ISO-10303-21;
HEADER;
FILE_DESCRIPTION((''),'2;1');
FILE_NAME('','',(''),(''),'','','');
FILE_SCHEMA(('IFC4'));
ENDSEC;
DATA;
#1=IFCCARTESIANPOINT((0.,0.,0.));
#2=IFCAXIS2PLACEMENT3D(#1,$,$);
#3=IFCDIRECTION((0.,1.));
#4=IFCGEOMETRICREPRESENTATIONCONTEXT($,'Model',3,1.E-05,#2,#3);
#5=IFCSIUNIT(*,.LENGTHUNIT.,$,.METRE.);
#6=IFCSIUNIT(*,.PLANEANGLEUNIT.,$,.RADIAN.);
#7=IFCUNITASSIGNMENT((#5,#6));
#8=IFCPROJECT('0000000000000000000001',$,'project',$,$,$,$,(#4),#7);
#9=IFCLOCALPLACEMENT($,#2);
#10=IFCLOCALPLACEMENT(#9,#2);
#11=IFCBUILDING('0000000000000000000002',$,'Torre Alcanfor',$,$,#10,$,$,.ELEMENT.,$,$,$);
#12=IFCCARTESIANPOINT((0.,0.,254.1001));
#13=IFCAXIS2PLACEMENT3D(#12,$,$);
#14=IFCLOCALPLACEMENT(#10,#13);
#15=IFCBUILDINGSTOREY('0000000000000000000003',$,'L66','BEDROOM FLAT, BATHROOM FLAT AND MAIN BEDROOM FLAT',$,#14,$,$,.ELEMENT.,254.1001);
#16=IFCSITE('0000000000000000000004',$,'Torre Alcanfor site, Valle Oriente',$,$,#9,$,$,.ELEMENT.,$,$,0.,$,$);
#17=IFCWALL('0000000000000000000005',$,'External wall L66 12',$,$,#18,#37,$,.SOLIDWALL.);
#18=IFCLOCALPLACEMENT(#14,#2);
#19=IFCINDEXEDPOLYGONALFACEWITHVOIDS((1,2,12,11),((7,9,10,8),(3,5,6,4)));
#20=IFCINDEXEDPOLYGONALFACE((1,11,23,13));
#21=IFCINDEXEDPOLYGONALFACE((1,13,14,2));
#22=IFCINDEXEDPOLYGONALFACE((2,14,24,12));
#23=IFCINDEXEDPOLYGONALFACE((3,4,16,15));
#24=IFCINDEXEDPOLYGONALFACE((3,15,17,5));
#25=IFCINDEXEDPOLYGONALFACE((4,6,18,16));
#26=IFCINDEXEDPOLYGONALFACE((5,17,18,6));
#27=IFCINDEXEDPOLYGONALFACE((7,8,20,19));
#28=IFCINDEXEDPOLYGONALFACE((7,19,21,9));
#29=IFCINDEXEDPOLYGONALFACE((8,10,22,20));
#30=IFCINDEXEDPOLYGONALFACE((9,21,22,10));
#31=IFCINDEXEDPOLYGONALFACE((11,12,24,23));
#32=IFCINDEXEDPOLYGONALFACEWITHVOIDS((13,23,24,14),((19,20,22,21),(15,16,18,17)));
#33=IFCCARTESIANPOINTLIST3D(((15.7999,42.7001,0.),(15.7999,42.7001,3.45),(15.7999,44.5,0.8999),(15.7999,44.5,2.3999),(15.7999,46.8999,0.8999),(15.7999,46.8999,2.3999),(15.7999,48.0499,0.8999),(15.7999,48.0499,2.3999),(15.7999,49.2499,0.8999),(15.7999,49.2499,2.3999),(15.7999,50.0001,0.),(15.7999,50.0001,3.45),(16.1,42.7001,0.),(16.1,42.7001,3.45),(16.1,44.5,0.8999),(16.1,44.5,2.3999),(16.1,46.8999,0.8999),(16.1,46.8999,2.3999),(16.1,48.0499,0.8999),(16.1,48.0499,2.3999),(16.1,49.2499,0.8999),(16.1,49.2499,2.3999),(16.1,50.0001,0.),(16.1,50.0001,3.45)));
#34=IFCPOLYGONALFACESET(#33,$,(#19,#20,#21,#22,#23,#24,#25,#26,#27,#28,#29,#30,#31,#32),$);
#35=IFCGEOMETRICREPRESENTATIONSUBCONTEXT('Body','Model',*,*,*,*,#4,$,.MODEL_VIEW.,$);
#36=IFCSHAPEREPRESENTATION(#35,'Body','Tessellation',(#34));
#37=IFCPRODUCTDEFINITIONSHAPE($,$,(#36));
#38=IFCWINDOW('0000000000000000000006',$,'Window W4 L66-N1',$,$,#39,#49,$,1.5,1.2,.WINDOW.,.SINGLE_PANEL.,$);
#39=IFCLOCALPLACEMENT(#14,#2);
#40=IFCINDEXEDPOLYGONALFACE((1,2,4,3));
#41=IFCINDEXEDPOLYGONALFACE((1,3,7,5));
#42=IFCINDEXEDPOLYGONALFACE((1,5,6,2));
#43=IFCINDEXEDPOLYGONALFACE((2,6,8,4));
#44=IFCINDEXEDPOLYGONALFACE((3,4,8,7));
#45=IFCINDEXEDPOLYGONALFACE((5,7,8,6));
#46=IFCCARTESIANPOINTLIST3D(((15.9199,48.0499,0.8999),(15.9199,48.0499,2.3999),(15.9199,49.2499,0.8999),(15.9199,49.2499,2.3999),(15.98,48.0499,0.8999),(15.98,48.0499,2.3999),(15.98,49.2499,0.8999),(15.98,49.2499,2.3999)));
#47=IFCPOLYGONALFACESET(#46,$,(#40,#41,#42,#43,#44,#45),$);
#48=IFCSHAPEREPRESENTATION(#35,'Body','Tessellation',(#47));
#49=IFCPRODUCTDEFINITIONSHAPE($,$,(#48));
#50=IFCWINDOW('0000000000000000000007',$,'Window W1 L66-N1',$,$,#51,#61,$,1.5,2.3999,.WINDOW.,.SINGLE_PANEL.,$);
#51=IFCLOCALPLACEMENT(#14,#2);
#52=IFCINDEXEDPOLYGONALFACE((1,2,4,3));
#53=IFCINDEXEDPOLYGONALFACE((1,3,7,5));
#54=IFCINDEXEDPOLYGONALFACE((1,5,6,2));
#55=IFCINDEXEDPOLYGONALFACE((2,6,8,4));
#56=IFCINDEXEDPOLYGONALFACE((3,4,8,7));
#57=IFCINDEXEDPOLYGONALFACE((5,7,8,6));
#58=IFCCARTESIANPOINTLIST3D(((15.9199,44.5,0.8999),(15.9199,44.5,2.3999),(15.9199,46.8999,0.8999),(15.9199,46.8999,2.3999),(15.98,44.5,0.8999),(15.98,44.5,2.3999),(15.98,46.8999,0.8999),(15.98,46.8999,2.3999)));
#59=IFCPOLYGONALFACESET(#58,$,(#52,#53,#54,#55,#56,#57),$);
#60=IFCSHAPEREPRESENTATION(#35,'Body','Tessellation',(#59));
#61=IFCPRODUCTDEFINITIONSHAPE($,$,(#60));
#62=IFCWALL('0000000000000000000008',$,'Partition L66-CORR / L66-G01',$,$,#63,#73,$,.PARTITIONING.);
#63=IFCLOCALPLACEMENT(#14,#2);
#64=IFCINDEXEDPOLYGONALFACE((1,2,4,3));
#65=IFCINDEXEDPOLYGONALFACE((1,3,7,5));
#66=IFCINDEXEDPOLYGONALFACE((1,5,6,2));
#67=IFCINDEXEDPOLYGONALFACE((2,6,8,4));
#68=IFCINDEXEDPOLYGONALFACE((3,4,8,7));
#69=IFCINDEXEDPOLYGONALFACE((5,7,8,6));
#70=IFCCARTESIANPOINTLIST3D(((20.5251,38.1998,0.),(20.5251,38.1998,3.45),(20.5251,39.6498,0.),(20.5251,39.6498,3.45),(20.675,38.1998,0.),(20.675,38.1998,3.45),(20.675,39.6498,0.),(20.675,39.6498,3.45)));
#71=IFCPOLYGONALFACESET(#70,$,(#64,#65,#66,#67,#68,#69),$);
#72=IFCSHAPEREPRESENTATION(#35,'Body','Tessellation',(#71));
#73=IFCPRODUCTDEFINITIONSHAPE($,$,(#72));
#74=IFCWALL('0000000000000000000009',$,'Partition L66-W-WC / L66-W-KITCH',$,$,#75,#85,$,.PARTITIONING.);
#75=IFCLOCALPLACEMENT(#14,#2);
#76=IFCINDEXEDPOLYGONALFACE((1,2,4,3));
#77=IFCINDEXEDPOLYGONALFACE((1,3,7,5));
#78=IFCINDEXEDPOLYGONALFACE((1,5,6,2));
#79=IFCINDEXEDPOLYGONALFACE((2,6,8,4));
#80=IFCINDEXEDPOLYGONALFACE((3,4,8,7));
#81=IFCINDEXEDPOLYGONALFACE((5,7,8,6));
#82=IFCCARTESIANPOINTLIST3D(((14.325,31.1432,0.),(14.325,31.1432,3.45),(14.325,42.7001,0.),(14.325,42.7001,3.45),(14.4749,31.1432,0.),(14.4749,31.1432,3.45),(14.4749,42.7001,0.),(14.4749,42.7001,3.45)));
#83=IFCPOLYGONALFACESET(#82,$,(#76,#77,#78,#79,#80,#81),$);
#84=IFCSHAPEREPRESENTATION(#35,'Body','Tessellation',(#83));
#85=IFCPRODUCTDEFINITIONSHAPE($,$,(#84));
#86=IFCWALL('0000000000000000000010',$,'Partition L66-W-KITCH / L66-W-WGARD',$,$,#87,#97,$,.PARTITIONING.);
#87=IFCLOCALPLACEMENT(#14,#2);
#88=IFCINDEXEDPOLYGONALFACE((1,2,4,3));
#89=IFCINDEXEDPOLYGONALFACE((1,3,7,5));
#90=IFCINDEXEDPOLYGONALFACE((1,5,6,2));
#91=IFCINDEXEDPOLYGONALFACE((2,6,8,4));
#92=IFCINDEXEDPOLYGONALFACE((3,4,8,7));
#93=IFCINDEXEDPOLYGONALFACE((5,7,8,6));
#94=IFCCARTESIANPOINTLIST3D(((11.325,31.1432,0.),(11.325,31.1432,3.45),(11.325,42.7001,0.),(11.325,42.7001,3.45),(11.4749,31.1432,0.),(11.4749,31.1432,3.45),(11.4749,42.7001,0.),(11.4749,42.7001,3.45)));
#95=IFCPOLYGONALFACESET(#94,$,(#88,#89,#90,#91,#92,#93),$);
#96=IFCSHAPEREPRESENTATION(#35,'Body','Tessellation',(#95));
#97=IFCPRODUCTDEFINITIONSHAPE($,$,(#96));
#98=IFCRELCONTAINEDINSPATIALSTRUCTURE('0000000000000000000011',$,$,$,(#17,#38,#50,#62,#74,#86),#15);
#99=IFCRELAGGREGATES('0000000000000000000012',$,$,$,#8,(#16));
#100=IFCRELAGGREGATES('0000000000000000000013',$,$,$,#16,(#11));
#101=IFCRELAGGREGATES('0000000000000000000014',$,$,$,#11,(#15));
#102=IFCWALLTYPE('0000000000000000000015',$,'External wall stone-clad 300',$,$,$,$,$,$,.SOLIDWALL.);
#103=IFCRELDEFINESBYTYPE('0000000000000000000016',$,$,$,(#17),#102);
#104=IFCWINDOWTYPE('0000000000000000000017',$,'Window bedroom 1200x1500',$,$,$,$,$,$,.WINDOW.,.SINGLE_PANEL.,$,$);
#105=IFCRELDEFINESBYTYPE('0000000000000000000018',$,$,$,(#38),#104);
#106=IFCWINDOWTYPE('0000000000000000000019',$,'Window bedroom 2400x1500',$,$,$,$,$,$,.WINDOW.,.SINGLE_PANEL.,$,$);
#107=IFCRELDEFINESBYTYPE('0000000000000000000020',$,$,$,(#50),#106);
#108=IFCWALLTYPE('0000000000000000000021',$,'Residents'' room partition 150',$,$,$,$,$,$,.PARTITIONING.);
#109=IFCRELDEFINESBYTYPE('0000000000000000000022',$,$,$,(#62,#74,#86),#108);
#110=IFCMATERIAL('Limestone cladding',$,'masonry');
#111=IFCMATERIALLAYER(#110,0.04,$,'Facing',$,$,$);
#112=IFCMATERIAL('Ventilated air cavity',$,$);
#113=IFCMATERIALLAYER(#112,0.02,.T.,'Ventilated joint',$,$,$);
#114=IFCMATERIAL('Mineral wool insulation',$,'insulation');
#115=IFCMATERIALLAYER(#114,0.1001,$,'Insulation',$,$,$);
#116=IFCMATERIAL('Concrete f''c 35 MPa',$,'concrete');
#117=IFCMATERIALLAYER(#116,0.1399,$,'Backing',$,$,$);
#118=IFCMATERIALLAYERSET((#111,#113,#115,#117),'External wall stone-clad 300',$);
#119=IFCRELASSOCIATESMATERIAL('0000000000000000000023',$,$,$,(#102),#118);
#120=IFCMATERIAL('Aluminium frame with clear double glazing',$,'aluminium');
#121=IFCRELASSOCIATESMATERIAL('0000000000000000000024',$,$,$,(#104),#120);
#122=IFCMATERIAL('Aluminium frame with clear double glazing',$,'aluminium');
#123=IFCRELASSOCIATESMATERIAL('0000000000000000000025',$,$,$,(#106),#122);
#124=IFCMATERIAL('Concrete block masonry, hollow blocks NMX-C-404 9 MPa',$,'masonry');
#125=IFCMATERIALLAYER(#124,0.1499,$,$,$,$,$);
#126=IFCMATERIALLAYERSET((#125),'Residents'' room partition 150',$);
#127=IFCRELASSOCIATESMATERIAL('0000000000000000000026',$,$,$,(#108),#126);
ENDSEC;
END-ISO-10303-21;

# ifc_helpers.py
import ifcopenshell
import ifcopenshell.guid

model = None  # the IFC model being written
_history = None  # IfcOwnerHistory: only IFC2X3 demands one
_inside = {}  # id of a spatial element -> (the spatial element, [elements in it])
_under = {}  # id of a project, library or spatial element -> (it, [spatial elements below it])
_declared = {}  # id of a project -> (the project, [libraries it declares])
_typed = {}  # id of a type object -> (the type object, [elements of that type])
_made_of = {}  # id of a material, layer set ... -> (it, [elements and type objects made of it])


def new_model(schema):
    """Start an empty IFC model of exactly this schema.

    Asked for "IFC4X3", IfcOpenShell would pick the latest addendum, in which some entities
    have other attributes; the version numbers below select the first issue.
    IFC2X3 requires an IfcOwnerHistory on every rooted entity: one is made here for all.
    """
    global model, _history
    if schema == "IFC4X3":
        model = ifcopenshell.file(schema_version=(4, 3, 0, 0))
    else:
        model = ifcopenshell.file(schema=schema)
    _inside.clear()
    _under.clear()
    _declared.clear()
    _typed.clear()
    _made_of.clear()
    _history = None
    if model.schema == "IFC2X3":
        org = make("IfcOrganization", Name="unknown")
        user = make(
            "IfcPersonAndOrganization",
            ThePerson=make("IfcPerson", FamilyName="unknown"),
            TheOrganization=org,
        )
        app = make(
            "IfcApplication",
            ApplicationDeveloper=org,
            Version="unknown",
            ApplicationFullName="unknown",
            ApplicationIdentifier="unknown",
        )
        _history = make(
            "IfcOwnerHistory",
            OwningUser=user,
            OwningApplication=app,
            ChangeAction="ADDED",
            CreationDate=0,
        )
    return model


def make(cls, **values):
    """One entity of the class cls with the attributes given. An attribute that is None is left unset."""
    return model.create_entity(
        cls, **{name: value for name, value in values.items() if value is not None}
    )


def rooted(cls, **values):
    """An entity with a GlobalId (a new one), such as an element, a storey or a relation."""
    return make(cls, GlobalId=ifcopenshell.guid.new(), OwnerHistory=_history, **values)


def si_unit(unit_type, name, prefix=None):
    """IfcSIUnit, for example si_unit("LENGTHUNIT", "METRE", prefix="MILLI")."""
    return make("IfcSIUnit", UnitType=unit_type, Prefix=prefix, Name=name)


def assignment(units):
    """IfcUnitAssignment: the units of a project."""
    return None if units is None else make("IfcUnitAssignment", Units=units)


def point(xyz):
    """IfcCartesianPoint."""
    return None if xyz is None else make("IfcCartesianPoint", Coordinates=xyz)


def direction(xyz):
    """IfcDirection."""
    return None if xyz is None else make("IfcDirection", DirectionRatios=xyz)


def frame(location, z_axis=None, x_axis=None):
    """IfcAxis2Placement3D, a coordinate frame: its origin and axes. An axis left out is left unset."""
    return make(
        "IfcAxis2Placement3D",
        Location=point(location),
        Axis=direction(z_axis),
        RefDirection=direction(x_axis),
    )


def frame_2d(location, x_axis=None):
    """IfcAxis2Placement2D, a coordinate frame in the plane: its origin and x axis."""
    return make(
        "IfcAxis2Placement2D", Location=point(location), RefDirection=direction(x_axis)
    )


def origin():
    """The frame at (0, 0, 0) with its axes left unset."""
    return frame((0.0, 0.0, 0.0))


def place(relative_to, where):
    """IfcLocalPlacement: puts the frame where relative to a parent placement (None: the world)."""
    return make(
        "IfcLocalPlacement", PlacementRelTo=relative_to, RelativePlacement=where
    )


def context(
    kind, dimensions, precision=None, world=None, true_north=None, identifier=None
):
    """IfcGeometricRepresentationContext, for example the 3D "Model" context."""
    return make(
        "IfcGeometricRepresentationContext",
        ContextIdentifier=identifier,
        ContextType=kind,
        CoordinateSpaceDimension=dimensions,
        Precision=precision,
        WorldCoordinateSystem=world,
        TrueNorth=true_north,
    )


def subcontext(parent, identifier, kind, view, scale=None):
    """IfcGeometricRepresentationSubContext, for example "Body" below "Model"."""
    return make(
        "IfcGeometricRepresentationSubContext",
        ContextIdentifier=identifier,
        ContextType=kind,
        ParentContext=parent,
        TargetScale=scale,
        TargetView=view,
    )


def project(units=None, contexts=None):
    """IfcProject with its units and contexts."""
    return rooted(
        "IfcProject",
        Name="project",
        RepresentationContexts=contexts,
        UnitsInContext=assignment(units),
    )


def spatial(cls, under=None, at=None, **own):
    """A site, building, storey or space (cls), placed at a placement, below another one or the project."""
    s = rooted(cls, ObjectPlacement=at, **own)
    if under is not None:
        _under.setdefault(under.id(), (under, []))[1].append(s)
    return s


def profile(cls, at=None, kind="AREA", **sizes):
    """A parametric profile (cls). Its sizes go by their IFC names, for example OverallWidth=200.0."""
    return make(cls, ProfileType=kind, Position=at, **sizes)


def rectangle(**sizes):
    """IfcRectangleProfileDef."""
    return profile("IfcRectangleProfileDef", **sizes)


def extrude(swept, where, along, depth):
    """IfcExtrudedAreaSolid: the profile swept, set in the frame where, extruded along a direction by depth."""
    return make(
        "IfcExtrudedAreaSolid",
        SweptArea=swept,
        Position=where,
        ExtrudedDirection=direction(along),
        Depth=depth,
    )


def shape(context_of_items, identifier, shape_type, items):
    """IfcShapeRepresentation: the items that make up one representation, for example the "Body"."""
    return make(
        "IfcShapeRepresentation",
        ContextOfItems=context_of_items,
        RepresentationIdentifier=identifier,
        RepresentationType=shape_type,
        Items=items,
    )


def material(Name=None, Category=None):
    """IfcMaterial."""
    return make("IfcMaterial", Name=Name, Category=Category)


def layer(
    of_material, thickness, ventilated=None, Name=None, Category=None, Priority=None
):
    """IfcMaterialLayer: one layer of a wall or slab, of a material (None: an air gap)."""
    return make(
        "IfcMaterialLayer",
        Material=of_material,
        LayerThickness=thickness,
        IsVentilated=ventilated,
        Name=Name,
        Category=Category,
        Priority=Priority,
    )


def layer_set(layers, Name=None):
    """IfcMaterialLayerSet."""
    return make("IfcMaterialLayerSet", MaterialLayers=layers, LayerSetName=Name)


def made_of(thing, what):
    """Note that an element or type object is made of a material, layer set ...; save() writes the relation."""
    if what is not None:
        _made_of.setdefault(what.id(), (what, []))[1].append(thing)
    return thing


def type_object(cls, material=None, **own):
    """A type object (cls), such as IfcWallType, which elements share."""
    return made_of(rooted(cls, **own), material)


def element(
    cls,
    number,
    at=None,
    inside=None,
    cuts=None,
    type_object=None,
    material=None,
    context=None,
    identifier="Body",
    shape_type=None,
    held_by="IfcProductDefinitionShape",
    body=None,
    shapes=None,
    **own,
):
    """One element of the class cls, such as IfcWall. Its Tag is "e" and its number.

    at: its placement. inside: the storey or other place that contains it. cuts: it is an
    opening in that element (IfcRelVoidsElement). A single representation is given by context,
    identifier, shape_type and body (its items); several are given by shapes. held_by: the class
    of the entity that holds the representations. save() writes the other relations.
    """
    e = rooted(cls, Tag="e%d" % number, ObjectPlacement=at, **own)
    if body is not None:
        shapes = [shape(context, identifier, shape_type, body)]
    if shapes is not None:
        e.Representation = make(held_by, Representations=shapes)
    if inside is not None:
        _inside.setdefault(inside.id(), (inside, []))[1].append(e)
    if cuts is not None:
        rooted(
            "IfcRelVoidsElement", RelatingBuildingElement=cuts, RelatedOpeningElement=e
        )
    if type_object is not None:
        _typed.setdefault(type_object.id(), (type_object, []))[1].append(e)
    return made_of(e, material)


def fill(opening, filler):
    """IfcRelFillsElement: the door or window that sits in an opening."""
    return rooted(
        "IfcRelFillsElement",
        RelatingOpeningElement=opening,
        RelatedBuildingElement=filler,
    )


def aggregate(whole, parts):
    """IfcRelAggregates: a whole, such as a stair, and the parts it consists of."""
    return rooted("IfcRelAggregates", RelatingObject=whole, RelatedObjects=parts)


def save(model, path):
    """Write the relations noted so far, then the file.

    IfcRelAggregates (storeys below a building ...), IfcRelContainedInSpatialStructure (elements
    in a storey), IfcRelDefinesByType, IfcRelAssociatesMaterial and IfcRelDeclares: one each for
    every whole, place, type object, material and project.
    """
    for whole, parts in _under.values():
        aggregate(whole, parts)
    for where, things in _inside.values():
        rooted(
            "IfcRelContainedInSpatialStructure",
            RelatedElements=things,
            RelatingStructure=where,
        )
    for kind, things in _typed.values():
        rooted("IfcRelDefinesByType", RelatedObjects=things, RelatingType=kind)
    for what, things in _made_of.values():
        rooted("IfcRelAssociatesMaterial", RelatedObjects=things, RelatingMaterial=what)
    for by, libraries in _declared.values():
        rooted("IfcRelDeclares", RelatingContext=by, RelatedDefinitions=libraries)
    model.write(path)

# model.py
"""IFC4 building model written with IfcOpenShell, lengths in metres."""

from ifc_helpers import new_model, si_unit, direction, frame, frame_2d, origin, place, context, subcontext, project, spatial, rectangle, extrude, material, layer, layer_set, type_object, element, fill, save


model = new_model("IFC4")

# Units and contexts
model_context = context("Model", 3, precision=1e-05, world=origin(), true_north=direction((0.0, 1.0)))
body_context = subcontext(model_context, "Body", "Model", "MODEL_VIEW")
ifc_project = project(units=[si_unit("LENGTHUNIT", "METRE"), si_unit("PLANEANGLEUNIT", "RADIAN")], contexts=[model_context])

# Site, building, storey
site_placement = place(None, origin())
site = spatial("IfcSite", under=ifc_project, at=site_placement, Name="Torre Alcanfor site, Valle Oriente", CompositionType="ELEMENT", RefElevation=0.0)
building_placement = place(site_placement, origin())
building = spatial("IfcBuilding", under=site, at=building_placement, Name="Torre Alcanfor", CompositionType="ELEMENT")
storey_placement = place(building_placement, frame((0.0, 0.0, 254.1001)))
storey = spatial("IfcBuildingStorey", under=building, at=storey_placement, Name="L66", Description="BEDROOM FLAT, BATHROOM FLAT AND MAIN BEDROOM FLAT", CompositionType="ELEMENT", Elevation=254.1001)

# Wall, openings, windows
ifc_material_1 = material(Name="Limestone cladding", Category="masonry")
ifc_layer_1 = layer(ifc_material_1, 0.04, Name="Facing")
ifc_material_2 = material(Name="Ventilated air cavity")
ifc_layer_2 = layer(ifc_material_2, 0.02, ventilated=True, Name="Ventilated joint")
ifc_material_3 = material(Name="Mineral wool insulation", Category="insulation")
ifc_layer_3 = layer(ifc_material_3, 0.1001, Name="Insulation")
ifc_material_4 = material(Name="Concrete f'c 35 MPa", Category="concrete")
ifc_layer_4 = layer(ifc_material_4, 0.1399, Name="Backing")
ifc_layer_set_1 = layer_set([ifc_layer_1, ifc_layer_2, ifc_layer_3, ifc_layer_4], Name="External wall stone-clad 300")
wall_type_1 = type_object("IfcWallType", Name="External wall stone-clad 300", PredefinedType="SOLIDWALL", material=ifc_layer_set_1)
ifc_material_5 = material(Name="Aluminium frame with clear double glazing", Category="aluminium")
window_type_1 = type_object("IfcWindowType", Name="Window bedroom 1200x1500", PartitioningType="SINGLE_PANEL", PredefinedType="WINDOW", material=ifc_material_5)
ifc_material_6 = material(Name="Aluminium frame with clear double glazing", Category="aluminium")
window_type_2 = type_object("IfcWindowType", Name="Window bedroom 2400x1500", PartitioningType="SINGLE_PANEL", PredefinedType="WINDOW", material=ifc_material_6)
wall_1_placement = place(storey_placement, frame((15.95, 50.0, 0.0), z_axis=(0.0, 0.0, 1.0), x_axis=(0.0, -1.0, 0.0)))
wall_1 = element("IfcWall", 1, at=wall_1_placement, inside=storey, type_object=wall_type_1, Name="External wall L66 12", PredefinedType="SOLIDWALL", context=body_context, shape_type="SweptSolid", body=[
    extrude(rectangle(XDim=7.3, YDim=0.3, at=frame_2d((3.6499, 0.0))), origin(), (0.0, 0.0, 1.0), 3.45),
])
opening_1_placement = place(wall_1_placement, frame((3.1001, 0.0, 0.8999)))
opening_1 = element("IfcOpeningElement", 2, at=opening_1_placement, cuts=wall_1, PredefinedType="OPENING", context=body_context, shape_type="SweptSolid", body=[
    extrude(rectangle(XDim=2.3999, YDim=1.5, at=frame_2d((1.2, 0.75))), frame((0.0, 0.1599, 0.0), z_axis=(0.0, -1.0, 0.0), x_axis=(1.0, 0.0, 0.0)), (0.0, 0.0, 1.0), 0.3201),
])
opening_2_placement = place(wall_1_placement, frame((0.75, 0.0, 0.8999)))
opening_2 = element("IfcOpeningElement", 3, at=opening_2_placement, cuts=wall_1, PredefinedType="OPENING", context=body_context, shape_type="SweptSolid", body=[
    extrude(rectangle(XDim=1.2, YDim=1.5, at=frame_2d((0.6001, 0.75))), frame((0.0, 0.1599, 0.0), z_axis=(0.0, -1.0, 0.0), x_axis=(1.0, 0.0, 0.0)), (0.0, 0.0, 1.0), 0.3201),
])
window_1_placement = place(opening_2_placement, origin())
window_1 = element("IfcWindow", 4, at=window_1_placement, inside=storey, type_object=window_type_1, Name="Window W4 L66-N1", OverallHeight=1.5, OverallWidth=1.2, PartitioningType="SINGLE_PANEL", PredefinedType="WINDOW", context=body_context, shape_type="SweptSolid", body=[
    extrude(rectangle(XDim=1.2, YDim=1.5, at=frame_2d((0.6001, 0.75))), frame((0.0, 0.03, 0.0), z_axis=(0.0, -1.0, 0.0), x_axis=(1.0, 0.0, 0.0)), (0.0, 0.0, 1.0), 0.0601),
])
fill(opening_2, window_1)
window_2_placement = place(opening_1_placement, origin())
window_2 = element("IfcWindow", 5, at=window_2_placement, inside=storey, type_object=window_type_2, Name="Window W1 L66-N1", OverallHeight=1.5, OverallWidth=2.3999, PartitioningType="SINGLE_PANEL", PredefinedType="WINDOW", context=body_context, shape_type="SweptSolid", body=[
    extrude(rectangle(XDim=2.3999, YDim=1.5, at=frame_2d((1.2, 0.75))), frame((0.0, 0.03, 0.0), z_axis=(0.0, -1.0, 0.0), x_axis=(1.0, 0.0, 0.0)), (0.0, 0.0, 1.0), 0.0601),
])
fill(opening_1, window_2)

# Walls
ifc_material_7 = material(Name="Concrete block masonry, hollow blocks NMX-C-404 9 MPa", Category="masonry")
ifc_layer_5 = layer(ifc_material_7, 0.1499)
ifc_layer_set_2 = layer_set([ifc_layer_5], Name="Residents' room partition 150")
wall_type_2 = type_object("IfcWallType", Name="Residents' room partition 150", PredefinedType="PARTITIONING", material=ifc_layer_set_2)
wall_2_placement = place(storey_placement, frame((20.6001, 39.6499, 0.0), z_axis=(0.0, 0.0, 1.0), x_axis=(0.0, -1.0, 0.0)))
element("IfcWall", 6, at=wall_2_placement, inside=storey, type_object=wall_type_2, Name="Partition L66-CORR / L66-G01", PredefinedType="PARTITIONING", context=body_context, shape_type="SweptSolid", body=[
    extrude(rectangle(XDim=1.45, YDim=0.1499, at=frame_2d((0.7251, 0.0))), origin(), (0.0, 0.0, 1.0), 3.45),
])
for number, where, z_axis, x_axis, name in (
    (7, (14.3999, 42.7, 0.0), (0.0, 0.0, 1.0), (0.0, -1.0, 0.0), "Partition L66-W-WC / L66-W-KITCH"),
    (8, (11.3999, 42.7, 0.0), (0.0, 0.0, 1.0), (0.0, -1.0, 0.0), "Partition L66-W-KITCH / L66-W-WGARD"),
):
    element("IfcWall", number, at=place(storey_placement, frame(where, z_axis=z_axis, x_axis=x_axis)), inside=storey, type_object=wall_type_2, Name=name, PredefinedType="PARTITIONING", context=body_context, shape_type="SweptSolid", body=[
        extrude(rectangle(XDim=11.5569, YDim=0.1499, at=frame_2d((5.7783, 0.0))), origin(), (0.0, 0.0, 1.0), 3.45),
    ])

save(model, "model.ifc")
